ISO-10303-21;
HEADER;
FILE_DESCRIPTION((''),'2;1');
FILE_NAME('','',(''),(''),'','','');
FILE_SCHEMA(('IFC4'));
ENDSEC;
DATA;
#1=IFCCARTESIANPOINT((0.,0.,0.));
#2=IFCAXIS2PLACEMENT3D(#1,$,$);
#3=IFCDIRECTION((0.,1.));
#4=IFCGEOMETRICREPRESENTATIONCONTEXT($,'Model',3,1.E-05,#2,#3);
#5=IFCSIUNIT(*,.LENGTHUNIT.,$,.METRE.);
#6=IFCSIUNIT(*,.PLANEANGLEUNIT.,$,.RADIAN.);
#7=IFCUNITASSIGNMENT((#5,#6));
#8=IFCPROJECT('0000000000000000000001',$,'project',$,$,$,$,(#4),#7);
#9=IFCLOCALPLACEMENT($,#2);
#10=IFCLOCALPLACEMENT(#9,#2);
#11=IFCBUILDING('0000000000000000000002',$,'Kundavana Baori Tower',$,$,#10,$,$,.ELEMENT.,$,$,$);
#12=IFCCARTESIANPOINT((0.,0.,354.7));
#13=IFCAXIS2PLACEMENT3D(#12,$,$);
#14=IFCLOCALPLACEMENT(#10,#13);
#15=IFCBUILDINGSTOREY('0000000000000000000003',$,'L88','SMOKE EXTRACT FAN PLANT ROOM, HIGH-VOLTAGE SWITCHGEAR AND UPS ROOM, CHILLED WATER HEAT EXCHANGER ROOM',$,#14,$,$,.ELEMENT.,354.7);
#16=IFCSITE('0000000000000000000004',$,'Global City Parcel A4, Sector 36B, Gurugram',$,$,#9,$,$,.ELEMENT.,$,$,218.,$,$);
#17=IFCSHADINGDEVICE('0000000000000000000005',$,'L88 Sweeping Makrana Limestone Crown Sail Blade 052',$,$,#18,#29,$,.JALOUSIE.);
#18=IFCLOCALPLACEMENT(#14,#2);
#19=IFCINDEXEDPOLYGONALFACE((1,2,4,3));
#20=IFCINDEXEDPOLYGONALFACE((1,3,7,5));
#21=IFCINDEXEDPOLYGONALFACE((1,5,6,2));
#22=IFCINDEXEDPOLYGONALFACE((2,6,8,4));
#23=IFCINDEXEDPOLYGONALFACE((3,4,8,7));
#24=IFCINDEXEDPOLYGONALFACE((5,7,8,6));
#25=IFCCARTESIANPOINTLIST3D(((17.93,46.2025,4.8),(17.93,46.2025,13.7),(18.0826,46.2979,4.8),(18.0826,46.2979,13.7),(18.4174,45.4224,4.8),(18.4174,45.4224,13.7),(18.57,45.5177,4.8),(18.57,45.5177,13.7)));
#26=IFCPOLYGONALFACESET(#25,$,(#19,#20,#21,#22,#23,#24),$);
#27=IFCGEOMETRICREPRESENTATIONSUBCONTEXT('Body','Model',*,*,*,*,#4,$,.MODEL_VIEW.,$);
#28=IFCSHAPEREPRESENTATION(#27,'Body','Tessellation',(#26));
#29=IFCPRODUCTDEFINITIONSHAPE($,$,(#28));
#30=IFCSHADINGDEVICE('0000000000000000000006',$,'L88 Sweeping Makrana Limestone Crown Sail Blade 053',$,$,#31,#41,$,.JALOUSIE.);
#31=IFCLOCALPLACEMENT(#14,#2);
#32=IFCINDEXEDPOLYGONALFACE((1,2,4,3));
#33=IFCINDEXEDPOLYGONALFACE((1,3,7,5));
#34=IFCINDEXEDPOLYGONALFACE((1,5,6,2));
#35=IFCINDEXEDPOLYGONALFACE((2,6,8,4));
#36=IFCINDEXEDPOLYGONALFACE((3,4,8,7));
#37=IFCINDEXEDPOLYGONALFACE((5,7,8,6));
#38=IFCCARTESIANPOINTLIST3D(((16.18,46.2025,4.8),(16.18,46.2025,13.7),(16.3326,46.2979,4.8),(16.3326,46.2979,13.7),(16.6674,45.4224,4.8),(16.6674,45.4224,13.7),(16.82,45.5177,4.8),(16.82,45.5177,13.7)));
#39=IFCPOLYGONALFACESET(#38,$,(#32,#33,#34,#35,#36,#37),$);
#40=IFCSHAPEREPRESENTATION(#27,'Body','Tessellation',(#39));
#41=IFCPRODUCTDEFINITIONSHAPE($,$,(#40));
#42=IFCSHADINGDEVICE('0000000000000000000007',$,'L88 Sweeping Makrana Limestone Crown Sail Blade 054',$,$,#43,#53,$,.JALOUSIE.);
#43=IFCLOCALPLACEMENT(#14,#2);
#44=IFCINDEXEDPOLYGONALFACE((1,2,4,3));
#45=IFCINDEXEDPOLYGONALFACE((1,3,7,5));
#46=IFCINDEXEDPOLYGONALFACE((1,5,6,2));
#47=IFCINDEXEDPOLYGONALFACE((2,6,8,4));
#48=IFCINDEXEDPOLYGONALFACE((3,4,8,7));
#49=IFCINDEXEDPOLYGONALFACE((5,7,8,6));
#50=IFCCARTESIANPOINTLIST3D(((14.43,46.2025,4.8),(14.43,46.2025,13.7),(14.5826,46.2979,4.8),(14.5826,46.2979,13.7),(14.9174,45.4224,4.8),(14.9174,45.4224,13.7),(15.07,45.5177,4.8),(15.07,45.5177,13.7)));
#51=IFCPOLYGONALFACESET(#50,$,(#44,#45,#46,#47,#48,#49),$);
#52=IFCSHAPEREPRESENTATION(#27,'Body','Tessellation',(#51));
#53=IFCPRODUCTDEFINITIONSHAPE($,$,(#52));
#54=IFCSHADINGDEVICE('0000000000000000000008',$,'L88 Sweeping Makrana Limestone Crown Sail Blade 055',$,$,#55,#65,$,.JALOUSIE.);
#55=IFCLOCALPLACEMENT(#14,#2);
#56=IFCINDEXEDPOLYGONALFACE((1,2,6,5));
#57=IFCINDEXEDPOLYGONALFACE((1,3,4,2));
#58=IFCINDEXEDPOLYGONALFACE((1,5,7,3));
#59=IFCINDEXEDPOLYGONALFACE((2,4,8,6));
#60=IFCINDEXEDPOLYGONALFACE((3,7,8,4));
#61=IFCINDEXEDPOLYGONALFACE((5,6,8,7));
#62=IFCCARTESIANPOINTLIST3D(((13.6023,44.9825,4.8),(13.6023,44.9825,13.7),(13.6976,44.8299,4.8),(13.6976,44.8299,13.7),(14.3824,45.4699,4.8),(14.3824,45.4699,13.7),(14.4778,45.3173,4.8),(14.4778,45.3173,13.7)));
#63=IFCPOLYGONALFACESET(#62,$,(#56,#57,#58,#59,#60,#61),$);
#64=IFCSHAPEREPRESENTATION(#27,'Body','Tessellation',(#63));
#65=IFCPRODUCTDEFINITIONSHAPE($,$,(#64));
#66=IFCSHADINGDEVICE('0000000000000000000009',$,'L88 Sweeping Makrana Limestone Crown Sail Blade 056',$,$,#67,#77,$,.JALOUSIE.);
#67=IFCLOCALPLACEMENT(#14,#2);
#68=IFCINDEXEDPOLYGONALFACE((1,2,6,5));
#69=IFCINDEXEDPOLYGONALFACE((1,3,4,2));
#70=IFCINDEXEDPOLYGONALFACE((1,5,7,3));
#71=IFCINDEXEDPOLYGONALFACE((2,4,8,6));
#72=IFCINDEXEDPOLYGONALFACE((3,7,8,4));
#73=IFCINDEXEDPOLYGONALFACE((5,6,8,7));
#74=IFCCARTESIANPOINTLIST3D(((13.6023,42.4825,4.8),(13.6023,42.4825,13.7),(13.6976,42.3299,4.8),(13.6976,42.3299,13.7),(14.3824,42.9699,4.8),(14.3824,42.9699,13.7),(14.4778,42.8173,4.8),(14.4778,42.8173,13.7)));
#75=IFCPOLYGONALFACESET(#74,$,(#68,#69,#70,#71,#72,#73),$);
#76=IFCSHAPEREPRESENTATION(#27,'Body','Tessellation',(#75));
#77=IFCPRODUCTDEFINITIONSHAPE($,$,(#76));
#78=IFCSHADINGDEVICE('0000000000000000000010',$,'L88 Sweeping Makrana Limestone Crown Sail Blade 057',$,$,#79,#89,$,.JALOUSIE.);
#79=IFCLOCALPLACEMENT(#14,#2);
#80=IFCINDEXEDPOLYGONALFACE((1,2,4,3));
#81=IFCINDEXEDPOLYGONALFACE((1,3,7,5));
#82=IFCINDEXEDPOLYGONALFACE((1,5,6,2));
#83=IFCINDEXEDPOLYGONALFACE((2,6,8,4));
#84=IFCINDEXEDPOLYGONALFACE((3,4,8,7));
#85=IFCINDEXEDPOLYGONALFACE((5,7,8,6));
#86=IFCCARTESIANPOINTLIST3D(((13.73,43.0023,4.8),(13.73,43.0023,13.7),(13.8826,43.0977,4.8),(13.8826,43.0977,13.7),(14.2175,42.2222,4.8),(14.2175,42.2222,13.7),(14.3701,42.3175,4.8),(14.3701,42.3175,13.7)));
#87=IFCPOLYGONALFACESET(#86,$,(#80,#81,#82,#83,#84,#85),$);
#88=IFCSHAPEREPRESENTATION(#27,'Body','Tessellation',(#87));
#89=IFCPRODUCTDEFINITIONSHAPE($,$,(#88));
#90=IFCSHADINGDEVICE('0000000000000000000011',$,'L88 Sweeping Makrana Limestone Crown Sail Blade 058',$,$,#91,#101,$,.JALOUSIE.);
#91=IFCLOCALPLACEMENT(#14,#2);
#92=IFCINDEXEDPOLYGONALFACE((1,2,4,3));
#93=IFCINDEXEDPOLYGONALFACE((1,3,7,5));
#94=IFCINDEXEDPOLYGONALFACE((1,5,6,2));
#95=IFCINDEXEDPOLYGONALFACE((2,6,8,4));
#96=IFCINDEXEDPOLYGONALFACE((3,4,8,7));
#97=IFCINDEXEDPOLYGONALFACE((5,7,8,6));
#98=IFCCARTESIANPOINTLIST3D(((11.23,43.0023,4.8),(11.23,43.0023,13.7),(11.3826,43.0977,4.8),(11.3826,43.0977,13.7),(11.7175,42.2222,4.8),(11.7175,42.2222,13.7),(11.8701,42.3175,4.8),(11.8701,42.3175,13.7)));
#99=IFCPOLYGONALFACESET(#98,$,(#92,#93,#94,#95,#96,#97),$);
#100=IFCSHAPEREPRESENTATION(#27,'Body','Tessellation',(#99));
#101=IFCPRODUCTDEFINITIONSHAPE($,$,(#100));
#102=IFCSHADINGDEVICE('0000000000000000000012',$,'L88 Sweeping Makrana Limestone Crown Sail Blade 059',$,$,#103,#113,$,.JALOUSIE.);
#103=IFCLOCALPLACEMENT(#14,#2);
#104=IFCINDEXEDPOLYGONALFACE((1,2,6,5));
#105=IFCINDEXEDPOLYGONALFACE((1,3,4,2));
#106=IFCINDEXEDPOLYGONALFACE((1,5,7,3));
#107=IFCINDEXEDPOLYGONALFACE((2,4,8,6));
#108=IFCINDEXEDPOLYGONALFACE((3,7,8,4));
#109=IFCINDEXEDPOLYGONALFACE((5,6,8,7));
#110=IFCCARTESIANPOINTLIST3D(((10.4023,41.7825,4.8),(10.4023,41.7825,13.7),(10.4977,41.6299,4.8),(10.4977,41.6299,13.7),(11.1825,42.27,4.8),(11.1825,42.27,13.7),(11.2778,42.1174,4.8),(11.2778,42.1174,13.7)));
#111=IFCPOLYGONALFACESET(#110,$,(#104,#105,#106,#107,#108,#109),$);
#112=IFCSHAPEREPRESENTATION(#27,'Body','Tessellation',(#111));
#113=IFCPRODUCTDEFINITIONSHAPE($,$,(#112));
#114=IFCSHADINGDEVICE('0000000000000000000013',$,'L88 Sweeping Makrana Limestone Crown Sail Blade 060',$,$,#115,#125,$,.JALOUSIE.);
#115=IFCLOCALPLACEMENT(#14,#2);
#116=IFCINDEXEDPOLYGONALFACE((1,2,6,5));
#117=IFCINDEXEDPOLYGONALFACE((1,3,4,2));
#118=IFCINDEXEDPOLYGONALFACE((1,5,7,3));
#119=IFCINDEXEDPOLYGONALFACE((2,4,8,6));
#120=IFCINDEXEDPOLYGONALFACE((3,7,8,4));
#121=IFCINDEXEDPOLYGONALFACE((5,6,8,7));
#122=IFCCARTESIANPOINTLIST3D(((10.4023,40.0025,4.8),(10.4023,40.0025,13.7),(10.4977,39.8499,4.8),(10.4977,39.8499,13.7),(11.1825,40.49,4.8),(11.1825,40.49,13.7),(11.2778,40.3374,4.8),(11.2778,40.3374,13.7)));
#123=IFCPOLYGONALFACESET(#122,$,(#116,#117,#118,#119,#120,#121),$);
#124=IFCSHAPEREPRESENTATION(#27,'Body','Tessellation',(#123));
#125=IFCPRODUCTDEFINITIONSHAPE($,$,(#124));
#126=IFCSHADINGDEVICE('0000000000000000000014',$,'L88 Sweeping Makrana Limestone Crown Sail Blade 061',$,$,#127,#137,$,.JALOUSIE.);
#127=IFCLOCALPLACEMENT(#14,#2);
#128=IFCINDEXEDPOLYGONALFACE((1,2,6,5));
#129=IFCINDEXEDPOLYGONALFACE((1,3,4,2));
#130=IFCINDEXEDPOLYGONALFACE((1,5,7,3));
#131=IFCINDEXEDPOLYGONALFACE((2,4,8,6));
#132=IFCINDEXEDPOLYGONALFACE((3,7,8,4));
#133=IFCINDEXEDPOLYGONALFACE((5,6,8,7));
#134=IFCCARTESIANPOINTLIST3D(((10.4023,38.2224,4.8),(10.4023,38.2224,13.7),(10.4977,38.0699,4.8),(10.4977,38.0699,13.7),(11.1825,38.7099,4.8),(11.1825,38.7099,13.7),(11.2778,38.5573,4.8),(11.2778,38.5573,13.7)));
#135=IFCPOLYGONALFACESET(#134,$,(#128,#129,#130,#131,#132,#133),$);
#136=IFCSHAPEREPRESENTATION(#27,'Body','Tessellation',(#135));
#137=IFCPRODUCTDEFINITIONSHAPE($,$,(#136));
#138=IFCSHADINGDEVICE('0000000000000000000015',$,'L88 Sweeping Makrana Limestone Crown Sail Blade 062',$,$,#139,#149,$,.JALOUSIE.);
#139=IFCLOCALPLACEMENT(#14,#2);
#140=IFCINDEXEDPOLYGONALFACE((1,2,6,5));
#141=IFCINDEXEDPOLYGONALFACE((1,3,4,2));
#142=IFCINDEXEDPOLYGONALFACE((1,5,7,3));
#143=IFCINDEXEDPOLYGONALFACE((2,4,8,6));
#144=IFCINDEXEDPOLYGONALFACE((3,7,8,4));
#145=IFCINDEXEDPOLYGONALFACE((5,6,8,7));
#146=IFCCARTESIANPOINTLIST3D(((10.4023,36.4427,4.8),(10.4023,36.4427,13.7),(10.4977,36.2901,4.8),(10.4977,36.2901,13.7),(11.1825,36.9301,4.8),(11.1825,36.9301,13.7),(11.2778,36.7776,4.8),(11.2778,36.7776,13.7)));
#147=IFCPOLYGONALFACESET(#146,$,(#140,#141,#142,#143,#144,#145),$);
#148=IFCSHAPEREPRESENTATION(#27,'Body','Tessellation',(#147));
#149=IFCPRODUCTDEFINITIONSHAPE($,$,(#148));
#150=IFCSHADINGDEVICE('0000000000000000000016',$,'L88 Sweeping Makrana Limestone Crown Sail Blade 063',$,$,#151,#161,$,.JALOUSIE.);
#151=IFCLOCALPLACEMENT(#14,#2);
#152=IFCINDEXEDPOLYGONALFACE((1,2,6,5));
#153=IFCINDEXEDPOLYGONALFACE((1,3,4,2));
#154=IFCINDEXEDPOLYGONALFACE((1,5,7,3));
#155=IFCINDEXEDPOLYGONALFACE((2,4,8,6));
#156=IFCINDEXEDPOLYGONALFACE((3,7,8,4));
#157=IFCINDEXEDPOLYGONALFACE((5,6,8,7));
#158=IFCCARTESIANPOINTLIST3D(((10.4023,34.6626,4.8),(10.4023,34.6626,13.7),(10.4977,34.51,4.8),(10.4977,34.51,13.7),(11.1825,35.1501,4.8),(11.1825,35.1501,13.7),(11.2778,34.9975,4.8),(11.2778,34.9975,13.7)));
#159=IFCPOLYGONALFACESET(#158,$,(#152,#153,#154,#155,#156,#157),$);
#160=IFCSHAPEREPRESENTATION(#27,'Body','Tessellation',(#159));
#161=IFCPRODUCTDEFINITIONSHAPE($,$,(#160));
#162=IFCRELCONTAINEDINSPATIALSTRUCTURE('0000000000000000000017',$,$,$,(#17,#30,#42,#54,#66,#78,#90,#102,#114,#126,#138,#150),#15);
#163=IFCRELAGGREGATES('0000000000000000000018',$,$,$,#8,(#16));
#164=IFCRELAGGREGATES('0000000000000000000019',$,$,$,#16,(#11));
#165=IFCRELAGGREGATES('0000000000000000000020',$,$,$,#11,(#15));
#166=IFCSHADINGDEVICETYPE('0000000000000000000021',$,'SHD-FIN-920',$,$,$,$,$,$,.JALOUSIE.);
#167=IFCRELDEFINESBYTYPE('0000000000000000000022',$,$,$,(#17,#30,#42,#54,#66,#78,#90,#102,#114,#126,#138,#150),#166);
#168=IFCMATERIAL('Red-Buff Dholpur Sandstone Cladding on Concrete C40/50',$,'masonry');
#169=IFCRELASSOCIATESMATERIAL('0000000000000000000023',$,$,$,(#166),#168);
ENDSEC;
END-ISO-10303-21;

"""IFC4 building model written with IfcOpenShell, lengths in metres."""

from ifc_helpers import new_model, si_unit, direction, frame, origin, origin_2d, place, context, subcontext, project, spatial, rectangle, extrude, material, type_object, element, save


model = new_model("IFC4")

# Units and contexts
model_context = context("Model", 3, precision=1e-05, world=origin(), true_north=direction((0.0, 1.0)))
body_context = subcontext(model_context, "Body", "Model", "MODEL_VIEW")
ifc_project = project(units=[si_unit("LENGTHUNIT", "METRE"), si_unit("PLANEANGLEUNIT", "RADIAN")], contexts=[model_context])

# Site, building, storey
site_placement = place(None, origin())
site = spatial("IfcSite", under=ifc_project, at=site_placement, Name="Global City Parcel A4, Sector 36B, Gurugram", CompositionType="ELEMENT", RefElevation=218.0)
building_placement = place(site_placement, origin())
building = spatial("IfcBuilding", under=site, at=building_placement, Name="Kundavana Baori Tower", CompositionType="ELEMENT")
storey_placement = place(building_placement, frame((0.0, 0.0, 354.7)))
storey = spatial("IfcBuildingStorey", under=building, at=storey_placement, Name="L88", Description="SMOKE EXTRACT FAN PLANT ROOM, HIGH-VOLTAGE SWITCHGEAR AND UPS ROOM, CHILLED WATER HEAT EXCHANGER ROOM", CompositionType="ELEMENT", Elevation=354.7)

# Shading devices
ifc_material_1 = material(Name="Red-Buff Dholpur Sandstone Cladding on Concrete C40/50", Category="masonry")
shading_device_type = type_object("IfcShadingDeviceType", Name="SHD-FIN-920", PredefinedType="JALOUSIE", material=ifc_material_1)
for number, where, z_axis, x_axis, name in (
    (1, (18.25, 45.8601, 4.8), (0.0, 0.0, 1.0), (0.848048, 0.529919, 0.0), "L88 Sweeping Makrana Limestone Crown Sail Blade 052"),
    (2, (16.5, 45.8601, 4.8), (0.0, 0.0, 1.0), (0.848048, 0.529919, 0.0), "L88 Sweeping Makrana Limestone Crown Sail Blade 053"),
    (3, (14.75, 45.8601, 4.8), (0.0, 0.0, 1.0), (0.848048, 0.529919, 0.0), "L88 Sweeping Makrana Limestone Crown Sail Blade 054"),
    (4, (14.04, 45.1499, 4.8), (0.0, 0.0, 1.0), (-0.529919, 0.848048, 0.0), "L88 Sweeping Makrana Limestone Crown Sail Blade 055"),
    (5, (14.04, 42.6499, 4.8), (0.0, 0.0, 1.0), (-0.529919, 0.848048, 0.0), "L88 Sweeping Makrana Limestone Crown Sail Blade 056"),
    (6, (14.05, 42.6599, 4.8), (0.0, 0.0, 1.0), (0.848048, 0.529919, 0.0), "L88 Sweeping Makrana Limestone Crown Sail Blade 057"),
    (7, (11.55, 42.6599, 4.8), (0.0, 0.0, 1.0), (0.848048, 0.529919, 0.0), "L88 Sweeping Makrana Limestone Crown Sail Blade 058"),
    (8, (10.8401, 41.95, 4.8), (0.0, 0.0, 1.0), (-0.529919, 0.848048, 0.0), "L88 Sweeping Makrana Limestone Crown Sail Blade 059"),
    (9, (10.8401, 40.1699, 4.8), (0.0, 0.0, 1.0), (-0.529919, 0.848048, 0.0), "L88 Sweeping Makrana Limestone Crown Sail Blade 060"),
    (10, (10.8401, 38.3899, 4.8), (0.0, 0.0, 1.0), (-0.529919, 0.848048, 0.0), "L88 Sweeping Makrana Limestone Crown Sail Blade 061"),
    (11, (10.8401, 36.6101, 4.8), (0.0, 0.0, 1.0), (-0.529919, 0.848048, 0.0), "L88 Sweeping Makrana Limestone Crown Sail Blade 062"),
    (12, (10.8401, 34.8301, 4.8), (0.0, 0.0, 1.0), (-0.529919, 0.848048, 0.0), "L88 Sweeping Makrana Limestone Crown Sail Blade 063"),
):
    element("IfcShadingDevice", number, at=place(storey_placement, frame(where, z_axis=z_axis, x_axis=x_axis)), inside=storey, type_object=shading_device_type, Name=name, PredefinedType="JALOUSIE", context=body_context, shape_type="SweptSolid", body=[
        extrude(rectangle(XDim=0.1799, YDim=0.9199, at=origin_2d()), origin(), (0.0, 0.0, 1.0), 8.8999),
    ])

save(model, "model.ifc")
